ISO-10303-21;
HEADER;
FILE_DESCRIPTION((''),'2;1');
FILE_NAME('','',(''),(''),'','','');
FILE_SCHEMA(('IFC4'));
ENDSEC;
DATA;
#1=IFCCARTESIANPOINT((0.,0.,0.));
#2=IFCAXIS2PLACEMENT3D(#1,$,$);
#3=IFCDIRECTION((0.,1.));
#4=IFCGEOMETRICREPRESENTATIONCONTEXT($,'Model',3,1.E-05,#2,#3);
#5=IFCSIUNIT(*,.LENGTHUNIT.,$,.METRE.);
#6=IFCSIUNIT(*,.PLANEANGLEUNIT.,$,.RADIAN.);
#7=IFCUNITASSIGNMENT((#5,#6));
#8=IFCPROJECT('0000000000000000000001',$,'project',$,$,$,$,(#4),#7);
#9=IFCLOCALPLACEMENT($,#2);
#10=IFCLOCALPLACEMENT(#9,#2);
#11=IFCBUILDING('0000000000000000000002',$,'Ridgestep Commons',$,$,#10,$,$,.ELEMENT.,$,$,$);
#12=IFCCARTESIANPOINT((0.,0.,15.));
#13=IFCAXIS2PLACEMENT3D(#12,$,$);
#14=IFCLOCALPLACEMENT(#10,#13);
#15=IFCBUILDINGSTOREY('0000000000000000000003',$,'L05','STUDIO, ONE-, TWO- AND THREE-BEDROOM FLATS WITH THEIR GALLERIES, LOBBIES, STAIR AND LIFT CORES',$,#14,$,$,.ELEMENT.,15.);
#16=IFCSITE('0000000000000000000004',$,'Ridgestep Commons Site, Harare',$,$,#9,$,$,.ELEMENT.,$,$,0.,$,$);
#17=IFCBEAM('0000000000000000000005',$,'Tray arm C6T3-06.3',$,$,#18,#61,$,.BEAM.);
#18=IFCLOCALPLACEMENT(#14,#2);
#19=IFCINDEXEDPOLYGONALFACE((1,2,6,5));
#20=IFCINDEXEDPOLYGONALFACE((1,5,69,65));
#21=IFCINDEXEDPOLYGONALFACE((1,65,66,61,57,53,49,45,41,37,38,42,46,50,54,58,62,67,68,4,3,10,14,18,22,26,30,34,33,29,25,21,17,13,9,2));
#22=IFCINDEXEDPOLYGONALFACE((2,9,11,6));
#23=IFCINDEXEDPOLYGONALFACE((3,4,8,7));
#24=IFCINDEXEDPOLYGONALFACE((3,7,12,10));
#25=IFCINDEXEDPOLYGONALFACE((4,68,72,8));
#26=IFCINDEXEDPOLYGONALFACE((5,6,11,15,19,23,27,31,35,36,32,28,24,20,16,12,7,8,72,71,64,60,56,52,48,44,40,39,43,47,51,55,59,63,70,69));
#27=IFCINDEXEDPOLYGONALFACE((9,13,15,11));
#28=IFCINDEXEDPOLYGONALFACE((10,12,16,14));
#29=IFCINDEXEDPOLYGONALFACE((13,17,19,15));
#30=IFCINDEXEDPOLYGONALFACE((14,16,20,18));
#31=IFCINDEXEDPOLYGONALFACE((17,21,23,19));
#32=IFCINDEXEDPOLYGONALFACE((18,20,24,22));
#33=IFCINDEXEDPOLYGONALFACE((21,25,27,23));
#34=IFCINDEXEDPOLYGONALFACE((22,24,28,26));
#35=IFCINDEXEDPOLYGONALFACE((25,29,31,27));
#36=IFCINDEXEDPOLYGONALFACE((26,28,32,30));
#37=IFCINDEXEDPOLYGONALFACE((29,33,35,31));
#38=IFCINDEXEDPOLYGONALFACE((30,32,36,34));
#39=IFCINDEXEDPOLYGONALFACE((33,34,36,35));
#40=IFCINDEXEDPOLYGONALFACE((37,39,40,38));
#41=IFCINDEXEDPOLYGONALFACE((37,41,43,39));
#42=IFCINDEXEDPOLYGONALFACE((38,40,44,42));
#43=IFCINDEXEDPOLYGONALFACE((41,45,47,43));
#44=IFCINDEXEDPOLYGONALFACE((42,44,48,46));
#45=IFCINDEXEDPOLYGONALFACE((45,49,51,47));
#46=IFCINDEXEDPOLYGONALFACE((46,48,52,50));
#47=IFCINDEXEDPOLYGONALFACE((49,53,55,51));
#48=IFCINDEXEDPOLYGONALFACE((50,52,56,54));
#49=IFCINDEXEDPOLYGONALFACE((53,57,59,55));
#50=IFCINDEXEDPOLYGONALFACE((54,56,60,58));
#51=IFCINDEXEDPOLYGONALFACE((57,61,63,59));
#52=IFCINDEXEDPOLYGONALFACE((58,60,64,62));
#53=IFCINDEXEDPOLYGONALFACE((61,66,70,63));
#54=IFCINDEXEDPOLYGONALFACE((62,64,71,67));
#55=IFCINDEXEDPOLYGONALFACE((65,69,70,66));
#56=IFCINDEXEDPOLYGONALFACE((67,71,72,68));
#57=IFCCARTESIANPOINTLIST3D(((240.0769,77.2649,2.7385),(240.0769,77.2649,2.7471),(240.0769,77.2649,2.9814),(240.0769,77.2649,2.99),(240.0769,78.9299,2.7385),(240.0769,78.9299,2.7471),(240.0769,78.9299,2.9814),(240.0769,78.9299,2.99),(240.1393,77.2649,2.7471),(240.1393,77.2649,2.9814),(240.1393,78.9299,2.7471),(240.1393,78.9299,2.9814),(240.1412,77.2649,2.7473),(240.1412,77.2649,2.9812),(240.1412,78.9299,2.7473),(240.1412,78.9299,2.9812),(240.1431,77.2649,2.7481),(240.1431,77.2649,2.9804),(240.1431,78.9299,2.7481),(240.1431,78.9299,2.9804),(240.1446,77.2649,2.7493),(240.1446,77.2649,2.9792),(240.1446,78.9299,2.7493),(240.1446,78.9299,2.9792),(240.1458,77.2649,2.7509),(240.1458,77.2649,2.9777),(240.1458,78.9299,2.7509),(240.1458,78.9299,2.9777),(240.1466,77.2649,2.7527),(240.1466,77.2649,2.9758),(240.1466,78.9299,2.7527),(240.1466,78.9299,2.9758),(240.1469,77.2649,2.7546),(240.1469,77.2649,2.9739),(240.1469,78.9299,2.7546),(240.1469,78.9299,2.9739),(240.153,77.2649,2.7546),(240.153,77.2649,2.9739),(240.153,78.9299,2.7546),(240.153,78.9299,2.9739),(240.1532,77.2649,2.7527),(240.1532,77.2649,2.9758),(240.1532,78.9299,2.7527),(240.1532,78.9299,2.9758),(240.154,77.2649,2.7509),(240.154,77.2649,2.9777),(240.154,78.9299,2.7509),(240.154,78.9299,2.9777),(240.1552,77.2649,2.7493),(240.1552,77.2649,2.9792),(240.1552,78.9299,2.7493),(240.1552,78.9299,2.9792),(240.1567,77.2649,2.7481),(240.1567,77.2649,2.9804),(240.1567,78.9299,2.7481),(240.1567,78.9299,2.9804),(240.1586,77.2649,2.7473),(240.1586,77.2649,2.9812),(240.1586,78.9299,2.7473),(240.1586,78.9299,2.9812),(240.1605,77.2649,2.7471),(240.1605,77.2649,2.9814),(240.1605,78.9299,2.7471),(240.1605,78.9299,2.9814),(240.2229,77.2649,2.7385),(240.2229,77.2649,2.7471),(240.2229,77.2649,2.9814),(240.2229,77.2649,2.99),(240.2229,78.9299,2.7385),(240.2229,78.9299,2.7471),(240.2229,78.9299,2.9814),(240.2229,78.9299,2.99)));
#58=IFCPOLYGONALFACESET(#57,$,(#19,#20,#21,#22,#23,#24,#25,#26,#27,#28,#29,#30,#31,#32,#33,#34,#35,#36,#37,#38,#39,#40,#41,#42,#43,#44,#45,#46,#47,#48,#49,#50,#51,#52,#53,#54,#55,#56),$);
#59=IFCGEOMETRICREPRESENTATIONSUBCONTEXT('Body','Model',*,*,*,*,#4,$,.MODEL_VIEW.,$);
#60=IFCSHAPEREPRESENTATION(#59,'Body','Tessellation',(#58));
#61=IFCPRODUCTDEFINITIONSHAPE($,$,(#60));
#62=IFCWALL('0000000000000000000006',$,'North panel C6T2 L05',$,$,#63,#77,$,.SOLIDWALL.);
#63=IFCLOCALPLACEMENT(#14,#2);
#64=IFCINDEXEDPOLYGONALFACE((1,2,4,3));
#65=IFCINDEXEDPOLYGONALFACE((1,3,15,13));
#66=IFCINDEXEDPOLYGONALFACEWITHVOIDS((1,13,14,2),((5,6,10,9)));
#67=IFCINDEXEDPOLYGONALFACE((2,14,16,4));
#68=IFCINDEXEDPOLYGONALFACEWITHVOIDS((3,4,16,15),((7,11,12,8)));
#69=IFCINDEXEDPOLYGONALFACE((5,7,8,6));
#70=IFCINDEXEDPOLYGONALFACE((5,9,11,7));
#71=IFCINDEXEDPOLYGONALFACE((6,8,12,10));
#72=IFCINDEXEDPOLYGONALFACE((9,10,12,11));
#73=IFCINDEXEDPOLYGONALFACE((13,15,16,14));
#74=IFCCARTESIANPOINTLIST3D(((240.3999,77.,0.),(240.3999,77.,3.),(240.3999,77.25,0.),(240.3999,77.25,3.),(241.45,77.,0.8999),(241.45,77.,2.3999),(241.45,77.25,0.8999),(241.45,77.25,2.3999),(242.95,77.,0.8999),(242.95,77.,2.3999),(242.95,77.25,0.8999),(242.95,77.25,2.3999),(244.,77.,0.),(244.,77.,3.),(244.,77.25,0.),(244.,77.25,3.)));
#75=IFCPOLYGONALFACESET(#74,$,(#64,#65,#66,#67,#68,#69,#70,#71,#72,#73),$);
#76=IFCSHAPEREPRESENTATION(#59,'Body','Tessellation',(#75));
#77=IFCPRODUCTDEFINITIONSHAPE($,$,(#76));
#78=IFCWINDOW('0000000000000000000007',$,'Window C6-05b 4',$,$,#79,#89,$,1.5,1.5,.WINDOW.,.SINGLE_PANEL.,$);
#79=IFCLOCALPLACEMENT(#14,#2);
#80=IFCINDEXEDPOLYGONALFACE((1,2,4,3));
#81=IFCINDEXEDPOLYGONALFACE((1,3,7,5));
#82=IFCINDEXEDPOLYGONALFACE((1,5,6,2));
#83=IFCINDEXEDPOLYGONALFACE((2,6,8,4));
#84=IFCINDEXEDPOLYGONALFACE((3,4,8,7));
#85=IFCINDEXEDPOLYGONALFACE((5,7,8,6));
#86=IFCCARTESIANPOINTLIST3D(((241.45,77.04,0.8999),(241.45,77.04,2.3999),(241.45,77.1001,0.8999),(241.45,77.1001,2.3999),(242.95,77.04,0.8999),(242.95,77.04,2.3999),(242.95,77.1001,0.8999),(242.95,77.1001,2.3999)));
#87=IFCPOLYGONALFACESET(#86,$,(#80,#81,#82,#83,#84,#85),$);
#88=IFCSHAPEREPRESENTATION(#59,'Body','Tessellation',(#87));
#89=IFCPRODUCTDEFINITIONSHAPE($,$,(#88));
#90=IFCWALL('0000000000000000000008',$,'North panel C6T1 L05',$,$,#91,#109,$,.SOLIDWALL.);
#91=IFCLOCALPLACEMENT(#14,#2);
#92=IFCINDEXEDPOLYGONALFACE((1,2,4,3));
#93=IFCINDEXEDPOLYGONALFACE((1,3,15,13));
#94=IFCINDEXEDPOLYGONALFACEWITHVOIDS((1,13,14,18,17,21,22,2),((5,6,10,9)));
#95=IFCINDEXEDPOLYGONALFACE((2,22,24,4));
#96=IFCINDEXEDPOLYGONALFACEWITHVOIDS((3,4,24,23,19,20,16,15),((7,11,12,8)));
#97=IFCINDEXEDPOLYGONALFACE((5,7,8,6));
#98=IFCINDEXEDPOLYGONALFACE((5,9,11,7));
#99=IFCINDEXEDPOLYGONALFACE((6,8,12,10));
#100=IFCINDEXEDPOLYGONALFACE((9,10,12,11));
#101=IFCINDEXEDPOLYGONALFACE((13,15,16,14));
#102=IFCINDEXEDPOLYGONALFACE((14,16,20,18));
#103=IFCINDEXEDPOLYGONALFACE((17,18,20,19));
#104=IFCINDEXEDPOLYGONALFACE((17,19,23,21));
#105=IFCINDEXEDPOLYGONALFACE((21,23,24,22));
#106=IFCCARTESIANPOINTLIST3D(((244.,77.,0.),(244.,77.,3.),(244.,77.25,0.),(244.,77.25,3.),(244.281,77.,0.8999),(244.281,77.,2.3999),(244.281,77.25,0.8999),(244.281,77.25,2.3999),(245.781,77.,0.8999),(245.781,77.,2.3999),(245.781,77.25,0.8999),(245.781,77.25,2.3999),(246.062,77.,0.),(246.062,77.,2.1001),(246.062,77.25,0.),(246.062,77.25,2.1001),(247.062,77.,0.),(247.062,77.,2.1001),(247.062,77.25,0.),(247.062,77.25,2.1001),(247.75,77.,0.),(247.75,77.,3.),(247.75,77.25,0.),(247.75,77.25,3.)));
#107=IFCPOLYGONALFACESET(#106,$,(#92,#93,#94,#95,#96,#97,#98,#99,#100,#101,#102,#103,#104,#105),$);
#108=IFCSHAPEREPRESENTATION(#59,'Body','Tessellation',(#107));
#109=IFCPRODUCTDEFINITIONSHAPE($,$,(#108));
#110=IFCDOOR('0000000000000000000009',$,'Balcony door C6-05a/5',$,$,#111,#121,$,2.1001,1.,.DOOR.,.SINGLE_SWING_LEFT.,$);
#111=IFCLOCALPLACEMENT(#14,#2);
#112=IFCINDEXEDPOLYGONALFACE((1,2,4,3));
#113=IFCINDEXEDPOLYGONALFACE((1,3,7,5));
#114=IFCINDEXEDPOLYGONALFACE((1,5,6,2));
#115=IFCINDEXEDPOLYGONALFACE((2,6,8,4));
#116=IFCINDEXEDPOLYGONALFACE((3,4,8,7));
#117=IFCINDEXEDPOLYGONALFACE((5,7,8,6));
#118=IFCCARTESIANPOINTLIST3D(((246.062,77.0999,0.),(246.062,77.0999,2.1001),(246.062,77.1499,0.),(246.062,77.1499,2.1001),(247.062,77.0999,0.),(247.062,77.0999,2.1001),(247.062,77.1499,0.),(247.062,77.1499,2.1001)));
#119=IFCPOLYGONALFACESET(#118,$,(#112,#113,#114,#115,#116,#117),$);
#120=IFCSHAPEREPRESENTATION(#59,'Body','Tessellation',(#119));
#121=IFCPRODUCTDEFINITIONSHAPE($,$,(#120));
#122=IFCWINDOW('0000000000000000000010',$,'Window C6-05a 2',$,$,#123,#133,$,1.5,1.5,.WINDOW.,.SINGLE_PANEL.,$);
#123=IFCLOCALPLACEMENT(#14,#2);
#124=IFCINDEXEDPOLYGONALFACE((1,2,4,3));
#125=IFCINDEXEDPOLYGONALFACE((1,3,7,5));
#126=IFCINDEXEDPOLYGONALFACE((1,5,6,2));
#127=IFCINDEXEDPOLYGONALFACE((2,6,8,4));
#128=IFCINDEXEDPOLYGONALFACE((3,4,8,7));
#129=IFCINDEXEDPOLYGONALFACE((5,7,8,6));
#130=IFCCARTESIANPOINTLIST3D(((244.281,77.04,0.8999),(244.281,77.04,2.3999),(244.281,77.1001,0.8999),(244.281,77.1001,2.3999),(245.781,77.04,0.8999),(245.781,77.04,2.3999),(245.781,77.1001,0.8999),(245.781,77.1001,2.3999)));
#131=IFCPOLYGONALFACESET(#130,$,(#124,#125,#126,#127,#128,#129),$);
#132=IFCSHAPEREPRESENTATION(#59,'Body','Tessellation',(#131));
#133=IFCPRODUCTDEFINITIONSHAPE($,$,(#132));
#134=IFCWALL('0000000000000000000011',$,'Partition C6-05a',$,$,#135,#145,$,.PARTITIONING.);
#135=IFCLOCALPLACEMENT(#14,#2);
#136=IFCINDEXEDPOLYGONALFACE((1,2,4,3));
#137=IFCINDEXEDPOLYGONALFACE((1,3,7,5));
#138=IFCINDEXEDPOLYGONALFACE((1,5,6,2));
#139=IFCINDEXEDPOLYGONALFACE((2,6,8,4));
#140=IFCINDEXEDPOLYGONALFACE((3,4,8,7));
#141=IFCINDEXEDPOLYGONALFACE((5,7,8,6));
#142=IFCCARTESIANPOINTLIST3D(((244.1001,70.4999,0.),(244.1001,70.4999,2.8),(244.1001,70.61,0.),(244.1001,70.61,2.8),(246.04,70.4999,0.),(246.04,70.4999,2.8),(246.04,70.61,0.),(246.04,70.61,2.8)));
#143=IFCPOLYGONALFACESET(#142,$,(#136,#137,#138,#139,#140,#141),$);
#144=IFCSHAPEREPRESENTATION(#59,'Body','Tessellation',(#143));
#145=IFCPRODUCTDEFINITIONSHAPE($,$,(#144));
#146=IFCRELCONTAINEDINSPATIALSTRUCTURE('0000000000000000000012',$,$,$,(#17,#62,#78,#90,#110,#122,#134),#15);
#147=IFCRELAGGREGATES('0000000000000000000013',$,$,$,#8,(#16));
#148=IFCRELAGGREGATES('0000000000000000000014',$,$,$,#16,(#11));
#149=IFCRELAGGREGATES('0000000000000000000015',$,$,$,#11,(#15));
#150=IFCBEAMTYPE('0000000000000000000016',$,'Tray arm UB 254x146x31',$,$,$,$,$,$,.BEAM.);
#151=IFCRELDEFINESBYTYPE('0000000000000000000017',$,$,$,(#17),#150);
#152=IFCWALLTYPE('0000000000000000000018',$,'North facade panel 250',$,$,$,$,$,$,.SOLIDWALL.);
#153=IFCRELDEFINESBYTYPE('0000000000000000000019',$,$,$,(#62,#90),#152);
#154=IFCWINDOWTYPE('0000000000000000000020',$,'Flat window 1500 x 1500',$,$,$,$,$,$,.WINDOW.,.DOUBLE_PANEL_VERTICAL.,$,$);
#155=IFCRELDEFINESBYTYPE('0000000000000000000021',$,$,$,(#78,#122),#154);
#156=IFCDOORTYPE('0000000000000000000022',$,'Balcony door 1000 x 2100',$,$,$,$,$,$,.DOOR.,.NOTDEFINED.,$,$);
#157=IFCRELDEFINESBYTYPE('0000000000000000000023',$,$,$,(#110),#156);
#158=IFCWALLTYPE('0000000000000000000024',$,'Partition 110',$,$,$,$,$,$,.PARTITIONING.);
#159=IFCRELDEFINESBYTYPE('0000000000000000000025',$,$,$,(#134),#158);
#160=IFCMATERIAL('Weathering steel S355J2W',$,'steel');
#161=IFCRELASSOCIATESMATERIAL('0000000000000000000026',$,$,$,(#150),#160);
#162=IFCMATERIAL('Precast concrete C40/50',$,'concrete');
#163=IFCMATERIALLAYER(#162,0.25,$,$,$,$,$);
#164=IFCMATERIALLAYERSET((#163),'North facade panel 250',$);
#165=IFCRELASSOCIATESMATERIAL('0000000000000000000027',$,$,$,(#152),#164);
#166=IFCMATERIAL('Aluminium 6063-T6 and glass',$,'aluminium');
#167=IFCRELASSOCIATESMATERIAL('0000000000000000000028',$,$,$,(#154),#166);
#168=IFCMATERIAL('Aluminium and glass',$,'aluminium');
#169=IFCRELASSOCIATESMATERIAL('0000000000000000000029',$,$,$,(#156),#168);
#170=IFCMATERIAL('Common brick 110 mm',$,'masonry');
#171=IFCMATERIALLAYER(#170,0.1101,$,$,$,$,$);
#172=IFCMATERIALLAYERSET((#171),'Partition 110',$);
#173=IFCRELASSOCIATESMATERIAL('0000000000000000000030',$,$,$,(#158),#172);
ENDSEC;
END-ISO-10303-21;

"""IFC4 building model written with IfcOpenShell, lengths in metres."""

from ifc_helpers import new_model, si_unit, direction, frame, frame_2d, origin, origin_2d, place, context, subcontext, project, spatial, rectangle, i_section, extrude, material, layer, layer_set, material_profile, profile_set, type_object, element, fill, save


model = new_model("IFC4")

# Units and contexts
model_context = context("Model", 3, precision=1e-05, world=origin(), true_north=direction((0.0, 1.0)))
body_context = subcontext(model_context, "Body", "Model", "MODEL_VIEW")
ifc_project = project(units=[si_unit("LENGTHUNIT", "METRE"), si_unit("PLANEANGLEUNIT", "RADIAN")], contexts=[model_context])

# Site, building, storey
site_placement = place(None, origin())
site = spatial("IfcSite", under=ifc_project, at=site_placement, Name="Ridgestep Commons Site, Harare", CompositionType="ELEMENT", RefElevation=0.0)
building_placement = place(site_placement, origin())
building = spatial("IfcBuilding", under=site, at=building_placement, Name="Ridgestep Commons", CompositionType="ELEMENT")
storey_placement = place(building_placement, frame((0.0, 0.0, 15.0)))
storey = spatial("IfcBuildingStorey", under=building, at=storey_placement, Name="L05", Description="STUDIO, ONE-, TWO- AND THREE-BEDROOM FLATS WITH THEIR GALLERIES, LOBBIES, STAIR AND LIFT CORES", CompositionType="ELEMENT", Elevation=15.0)

# Beam
ifc_material_1 = material(Name="Weathering steel S355J2W", Category="steel")
ifc_material_profile = material_profile(ifc_material_1, i_section(OverallWidth=0.146, OverallDepth=0.2515, WebThickness=0.0061, FlangeThickness=0.0085, FilletRadius=0.0076, at=origin_2d()), Name="UB 254x146x31")
ifc_profile_set = profile_set([ifc_material_profile], Name="Weathering steel S355J2W")
beam_type = type_object("IfcBeamType", Name="Tray arm UB 254x146x31", PredefinedType="BEAM", material=ifc_profile_set)
beam_placement = place(storey_placement, frame((240.1499, 77.2649, 2.8643), z_axis=(0.0, 1.0, 0.0), x_axis=(-1.0, 0.0, 0.0)))
element("IfcBeam", 1, at=beam_placement, inside=storey, type_object=beam_type, Name="Tray arm C6T3-06.3", PredefinedType="BEAM", context=body_context, shape_type="SweptSolid", body=[
    extrude(i_section(OverallWidth=0.146, OverallDepth=0.2515, WebThickness=0.0061, FlangeThickness=0.0085, FilletRadius=0.0076, at=origin_2d()), origin(), (0.0, 0.0, 1.0), 1.665),
])

# Wall, opening, window
ifc_material_2 = material(Name="Precast concrete C40/50", Category="concrete")
ifc_layer_1 = layer(ifc_material_2, 0.25)
ifc_layer_set_1 = layer_set([ifc_layer_1], Name="North facade panel 250")
wall_type_1 = type_object("IfcWallType", Name="North facade panel 250", PredefinedType="SOLIDWALL", material=ifc_layer_set_1)
wall_1_placement = place(storey_placement, frame((240.3999, 77.125, 0.0), z_axis=(0.0, 0.0, 1.0), x_axis=(1.0, 0.0, 0.0)))
wall_1 = element("IfcWall", 2, at=wall_1_placement, inside=storey, type_object=wall_type_1, Name="North panel C6T2 L05", PredefinedType="SOLIDWALL", context=body_context, shape_type="SweptSolid", body=[
    extrude(rectangle(XDim=3.6001, YDim=0.25, at=frame_2d((1.8, 0.0))), origin(), (0.0, 0.0, 1.0), 3.0),
])
opening_1_placement = place(wall_1_placement, frame((1.05, 0.0, 0.8999)))
opening_1 = element("IfcOpeningElement", 3, at=opening_1_placement, cuts=wall_1, PredefinedType="OPENING", context=body_context, shape_type="SweptSolid", body=[
    extrude(rectangle(XDim=1.5, YDim=1.5, at=frame_2d((0.75, 0.75))), frame((0.0, 0.135, 0.0), z_axis=(0.0, -1.0, 0.0), x_axis=(1.0, 0.0, 0.0)), (0.0, 0.0, 1.0), 0.27),
])
ifc_material_3 = material(Name="Aluminium 6063-T6 and glass", Category="aluminium")
window_type = type_object("IfcWindowType", Name="Flat window 1500 x 1500", PartitioningType="DOUBLE_PANEL_VERTICAL", PredefinedType="WINDOW", material=ifc_material_3)
window_1_placement = place(opening_1_placement, origin())
window_1 = element("IfcWindow", 4, at=window_1_placement, inside=storey, type_object=window_type, Name="Window C6-05b 4", OverallHeight=1.5, OverallWidth=1.5, PartitioningType="SINGLE_PANEL", PredefinedType="WINDOW", context=body_context, shape_type="SweptSolid", body=[
    extrude(rectangle(XDim=1.5, YDim=1.5, at=frame_2d((0.75, 0.75))), frame((0.0, -0.0249, 0.0), z_axis=(0.0, -1.0, 0.0), x_axis=(1.0, 0.0, 0.0)), (0.0, 0.0, 1.0), 0.0601),
])
fill(opening_1, window_1)

# Wall, openings, door, window
wall_2_placement = place(storey_placement, frame((244.0, 77.125, 0.0), z_axis=(0.0, 0.0, 1.0), x_axis=(1.0, 0.0, 0.0)))
wall_2 = element("IfcWall", 5, at=wall_2_placement, inside=storey, type_object=wall_type_1, Name="North panel C6T1 L05", PredefinedType="SOLIDWALL", context=body_context, shape_type="SweptSolid", body=[
    extrude(rectangle(XDim=3.75, YDim=0.25, at=frame_2d((1.875, 0.0))), origin(), (0.0, 0.0, 1.0), 3.0),
])
opening_2_placement = place(wall_2_placement, frame((0.281, 0.0, 0.8999)))
opening_2 = element("IfcOpeningElement", 6, at=opening_2_placement, cuts=wall_2, PredefinedType="OPENING", context=body_context, shape_type="SweptSolid", body=[
    extrude(rectangle(XDim=1.5, YDim=1.5, at=frame_2d((0.75, 0.75))), frame((0.0, 0.135, 0.0), z_axis=(0.0, -1.0, 0.0), x_axis=(1.0, 0.0, 0.0)), (0.0, 0.0, 1.0), 0.27),
])
opening_3_placement = place(wall_2_placement, frame((2.062, 0.0, 0.0)))
opening_3 = element("IfcOpeningElement", 7, at=opening_3_placement, cuts=wall_2, PredefinedType="OPENING", context=body_context, shape_type="SweptSolid", body=[
    extrude(rectangle(XDim=1.0, YDim=2.1001, at=frame_2d((0.5, 1.05))), frame((0.0, 0.135, 0.0), z_axis=(0.0, -1.0, 0.0), x_axis=(1.0, 0.0, 0.0)), (0.0, 0.0, 1.0), 0.27),
])
ifc_material_4 = material(Name="Aluminium and glass", Category="aluminium")
door_type_1 = type_object("IfcDoorType", Name="Balcony door 1000 x 2100", OperationType="NOTDEFINED", PredefinedType="DOOR", material=ifc_material_4)
door_1_placement = place(opening_3_placement, origin())
door_1 = element("IfcDoor", 8, at=door_1_placement, inside=storey, type_object=door_type_1, Name="Balcony door C6-05a/5", OperationType="SINGLE_SWING_LEFT", OverallHeight=2.1001, OverallWidth=1.0, PredefinedType="DOOR", context=body_context, shape_type="SweptSolid", body=[
    extrude(rectangle(XDim=1.0, YDim=2.1001, at=frame_2d((0.5, 1.05))), frame((0.0, 0.0249, 0.0), z_axis=(0.0, -1.0, 0.0), x_axis=(1.0, 0.0, 0.0)), (0.0, 0.0, 1.0), 0.05),
])
fill(opening_3, door_1)
window_2_placement = place(opening_2_placement, origin())
window_2 = element("IfcWindow", 9, at=window_2_placement, inside=storey, type_object=window_type, Name="Window C6-05a 2", OverallHeight=1.5, OverallWidth=1.5, PartitioningType="SINGLE_PANEL", PredefinedType="WINDOW", context=body_context, shape_type="SweptSolid", body=[
    extrude(rectangle(XDim=1.5, YDim=1.5, at=frame_2d((0.75, 0.75))), frame((0.0, -0.0249, 0.0), z_axis=(0.0, -1.0, 0.0), x_axis=(1.0, 0.0, 0.0)), (0.0, 0.0, 1.0), 0.0601),
])
fill(opening_2, window_2)

# Wall
ifc_material_5 = material(Name="Common brick 110 mm", Category="masonry")
ifc_layer_2 = layer(ifc_material_5, 0.1101)
ifc_layer_set_2 = layer_set([ifc_layer_2], Name="Partition 110")
wall_type_2 = type_object("IfcWallType", Name="Partition 110", PredefinedType="PARTITIONING", material=ifc_layer_set_2)
wall_3_placement = place(storey_placement, frame((244.1001, 70.5549, 0.0), z_axis=(0.0, 0.0, 1.0), x_axis=(1.0, 0.0, 0.0)))
element("IfcWall", 10, at=wall_3_placement, inside=storey, type_object=wall_type_2, Name="Partition C6-05a", PredefinedType="PARTITIONING", context=body_context, shape_type="SweptSolid", body=[
    extrude(rectangle(XDim=1.9399, YDim=0.1101, at=frame_2d((0.97, 0.0))), origin(), (0.0, 0.0, 1.0), 2.8),
])

save(model, "model.ifc")
